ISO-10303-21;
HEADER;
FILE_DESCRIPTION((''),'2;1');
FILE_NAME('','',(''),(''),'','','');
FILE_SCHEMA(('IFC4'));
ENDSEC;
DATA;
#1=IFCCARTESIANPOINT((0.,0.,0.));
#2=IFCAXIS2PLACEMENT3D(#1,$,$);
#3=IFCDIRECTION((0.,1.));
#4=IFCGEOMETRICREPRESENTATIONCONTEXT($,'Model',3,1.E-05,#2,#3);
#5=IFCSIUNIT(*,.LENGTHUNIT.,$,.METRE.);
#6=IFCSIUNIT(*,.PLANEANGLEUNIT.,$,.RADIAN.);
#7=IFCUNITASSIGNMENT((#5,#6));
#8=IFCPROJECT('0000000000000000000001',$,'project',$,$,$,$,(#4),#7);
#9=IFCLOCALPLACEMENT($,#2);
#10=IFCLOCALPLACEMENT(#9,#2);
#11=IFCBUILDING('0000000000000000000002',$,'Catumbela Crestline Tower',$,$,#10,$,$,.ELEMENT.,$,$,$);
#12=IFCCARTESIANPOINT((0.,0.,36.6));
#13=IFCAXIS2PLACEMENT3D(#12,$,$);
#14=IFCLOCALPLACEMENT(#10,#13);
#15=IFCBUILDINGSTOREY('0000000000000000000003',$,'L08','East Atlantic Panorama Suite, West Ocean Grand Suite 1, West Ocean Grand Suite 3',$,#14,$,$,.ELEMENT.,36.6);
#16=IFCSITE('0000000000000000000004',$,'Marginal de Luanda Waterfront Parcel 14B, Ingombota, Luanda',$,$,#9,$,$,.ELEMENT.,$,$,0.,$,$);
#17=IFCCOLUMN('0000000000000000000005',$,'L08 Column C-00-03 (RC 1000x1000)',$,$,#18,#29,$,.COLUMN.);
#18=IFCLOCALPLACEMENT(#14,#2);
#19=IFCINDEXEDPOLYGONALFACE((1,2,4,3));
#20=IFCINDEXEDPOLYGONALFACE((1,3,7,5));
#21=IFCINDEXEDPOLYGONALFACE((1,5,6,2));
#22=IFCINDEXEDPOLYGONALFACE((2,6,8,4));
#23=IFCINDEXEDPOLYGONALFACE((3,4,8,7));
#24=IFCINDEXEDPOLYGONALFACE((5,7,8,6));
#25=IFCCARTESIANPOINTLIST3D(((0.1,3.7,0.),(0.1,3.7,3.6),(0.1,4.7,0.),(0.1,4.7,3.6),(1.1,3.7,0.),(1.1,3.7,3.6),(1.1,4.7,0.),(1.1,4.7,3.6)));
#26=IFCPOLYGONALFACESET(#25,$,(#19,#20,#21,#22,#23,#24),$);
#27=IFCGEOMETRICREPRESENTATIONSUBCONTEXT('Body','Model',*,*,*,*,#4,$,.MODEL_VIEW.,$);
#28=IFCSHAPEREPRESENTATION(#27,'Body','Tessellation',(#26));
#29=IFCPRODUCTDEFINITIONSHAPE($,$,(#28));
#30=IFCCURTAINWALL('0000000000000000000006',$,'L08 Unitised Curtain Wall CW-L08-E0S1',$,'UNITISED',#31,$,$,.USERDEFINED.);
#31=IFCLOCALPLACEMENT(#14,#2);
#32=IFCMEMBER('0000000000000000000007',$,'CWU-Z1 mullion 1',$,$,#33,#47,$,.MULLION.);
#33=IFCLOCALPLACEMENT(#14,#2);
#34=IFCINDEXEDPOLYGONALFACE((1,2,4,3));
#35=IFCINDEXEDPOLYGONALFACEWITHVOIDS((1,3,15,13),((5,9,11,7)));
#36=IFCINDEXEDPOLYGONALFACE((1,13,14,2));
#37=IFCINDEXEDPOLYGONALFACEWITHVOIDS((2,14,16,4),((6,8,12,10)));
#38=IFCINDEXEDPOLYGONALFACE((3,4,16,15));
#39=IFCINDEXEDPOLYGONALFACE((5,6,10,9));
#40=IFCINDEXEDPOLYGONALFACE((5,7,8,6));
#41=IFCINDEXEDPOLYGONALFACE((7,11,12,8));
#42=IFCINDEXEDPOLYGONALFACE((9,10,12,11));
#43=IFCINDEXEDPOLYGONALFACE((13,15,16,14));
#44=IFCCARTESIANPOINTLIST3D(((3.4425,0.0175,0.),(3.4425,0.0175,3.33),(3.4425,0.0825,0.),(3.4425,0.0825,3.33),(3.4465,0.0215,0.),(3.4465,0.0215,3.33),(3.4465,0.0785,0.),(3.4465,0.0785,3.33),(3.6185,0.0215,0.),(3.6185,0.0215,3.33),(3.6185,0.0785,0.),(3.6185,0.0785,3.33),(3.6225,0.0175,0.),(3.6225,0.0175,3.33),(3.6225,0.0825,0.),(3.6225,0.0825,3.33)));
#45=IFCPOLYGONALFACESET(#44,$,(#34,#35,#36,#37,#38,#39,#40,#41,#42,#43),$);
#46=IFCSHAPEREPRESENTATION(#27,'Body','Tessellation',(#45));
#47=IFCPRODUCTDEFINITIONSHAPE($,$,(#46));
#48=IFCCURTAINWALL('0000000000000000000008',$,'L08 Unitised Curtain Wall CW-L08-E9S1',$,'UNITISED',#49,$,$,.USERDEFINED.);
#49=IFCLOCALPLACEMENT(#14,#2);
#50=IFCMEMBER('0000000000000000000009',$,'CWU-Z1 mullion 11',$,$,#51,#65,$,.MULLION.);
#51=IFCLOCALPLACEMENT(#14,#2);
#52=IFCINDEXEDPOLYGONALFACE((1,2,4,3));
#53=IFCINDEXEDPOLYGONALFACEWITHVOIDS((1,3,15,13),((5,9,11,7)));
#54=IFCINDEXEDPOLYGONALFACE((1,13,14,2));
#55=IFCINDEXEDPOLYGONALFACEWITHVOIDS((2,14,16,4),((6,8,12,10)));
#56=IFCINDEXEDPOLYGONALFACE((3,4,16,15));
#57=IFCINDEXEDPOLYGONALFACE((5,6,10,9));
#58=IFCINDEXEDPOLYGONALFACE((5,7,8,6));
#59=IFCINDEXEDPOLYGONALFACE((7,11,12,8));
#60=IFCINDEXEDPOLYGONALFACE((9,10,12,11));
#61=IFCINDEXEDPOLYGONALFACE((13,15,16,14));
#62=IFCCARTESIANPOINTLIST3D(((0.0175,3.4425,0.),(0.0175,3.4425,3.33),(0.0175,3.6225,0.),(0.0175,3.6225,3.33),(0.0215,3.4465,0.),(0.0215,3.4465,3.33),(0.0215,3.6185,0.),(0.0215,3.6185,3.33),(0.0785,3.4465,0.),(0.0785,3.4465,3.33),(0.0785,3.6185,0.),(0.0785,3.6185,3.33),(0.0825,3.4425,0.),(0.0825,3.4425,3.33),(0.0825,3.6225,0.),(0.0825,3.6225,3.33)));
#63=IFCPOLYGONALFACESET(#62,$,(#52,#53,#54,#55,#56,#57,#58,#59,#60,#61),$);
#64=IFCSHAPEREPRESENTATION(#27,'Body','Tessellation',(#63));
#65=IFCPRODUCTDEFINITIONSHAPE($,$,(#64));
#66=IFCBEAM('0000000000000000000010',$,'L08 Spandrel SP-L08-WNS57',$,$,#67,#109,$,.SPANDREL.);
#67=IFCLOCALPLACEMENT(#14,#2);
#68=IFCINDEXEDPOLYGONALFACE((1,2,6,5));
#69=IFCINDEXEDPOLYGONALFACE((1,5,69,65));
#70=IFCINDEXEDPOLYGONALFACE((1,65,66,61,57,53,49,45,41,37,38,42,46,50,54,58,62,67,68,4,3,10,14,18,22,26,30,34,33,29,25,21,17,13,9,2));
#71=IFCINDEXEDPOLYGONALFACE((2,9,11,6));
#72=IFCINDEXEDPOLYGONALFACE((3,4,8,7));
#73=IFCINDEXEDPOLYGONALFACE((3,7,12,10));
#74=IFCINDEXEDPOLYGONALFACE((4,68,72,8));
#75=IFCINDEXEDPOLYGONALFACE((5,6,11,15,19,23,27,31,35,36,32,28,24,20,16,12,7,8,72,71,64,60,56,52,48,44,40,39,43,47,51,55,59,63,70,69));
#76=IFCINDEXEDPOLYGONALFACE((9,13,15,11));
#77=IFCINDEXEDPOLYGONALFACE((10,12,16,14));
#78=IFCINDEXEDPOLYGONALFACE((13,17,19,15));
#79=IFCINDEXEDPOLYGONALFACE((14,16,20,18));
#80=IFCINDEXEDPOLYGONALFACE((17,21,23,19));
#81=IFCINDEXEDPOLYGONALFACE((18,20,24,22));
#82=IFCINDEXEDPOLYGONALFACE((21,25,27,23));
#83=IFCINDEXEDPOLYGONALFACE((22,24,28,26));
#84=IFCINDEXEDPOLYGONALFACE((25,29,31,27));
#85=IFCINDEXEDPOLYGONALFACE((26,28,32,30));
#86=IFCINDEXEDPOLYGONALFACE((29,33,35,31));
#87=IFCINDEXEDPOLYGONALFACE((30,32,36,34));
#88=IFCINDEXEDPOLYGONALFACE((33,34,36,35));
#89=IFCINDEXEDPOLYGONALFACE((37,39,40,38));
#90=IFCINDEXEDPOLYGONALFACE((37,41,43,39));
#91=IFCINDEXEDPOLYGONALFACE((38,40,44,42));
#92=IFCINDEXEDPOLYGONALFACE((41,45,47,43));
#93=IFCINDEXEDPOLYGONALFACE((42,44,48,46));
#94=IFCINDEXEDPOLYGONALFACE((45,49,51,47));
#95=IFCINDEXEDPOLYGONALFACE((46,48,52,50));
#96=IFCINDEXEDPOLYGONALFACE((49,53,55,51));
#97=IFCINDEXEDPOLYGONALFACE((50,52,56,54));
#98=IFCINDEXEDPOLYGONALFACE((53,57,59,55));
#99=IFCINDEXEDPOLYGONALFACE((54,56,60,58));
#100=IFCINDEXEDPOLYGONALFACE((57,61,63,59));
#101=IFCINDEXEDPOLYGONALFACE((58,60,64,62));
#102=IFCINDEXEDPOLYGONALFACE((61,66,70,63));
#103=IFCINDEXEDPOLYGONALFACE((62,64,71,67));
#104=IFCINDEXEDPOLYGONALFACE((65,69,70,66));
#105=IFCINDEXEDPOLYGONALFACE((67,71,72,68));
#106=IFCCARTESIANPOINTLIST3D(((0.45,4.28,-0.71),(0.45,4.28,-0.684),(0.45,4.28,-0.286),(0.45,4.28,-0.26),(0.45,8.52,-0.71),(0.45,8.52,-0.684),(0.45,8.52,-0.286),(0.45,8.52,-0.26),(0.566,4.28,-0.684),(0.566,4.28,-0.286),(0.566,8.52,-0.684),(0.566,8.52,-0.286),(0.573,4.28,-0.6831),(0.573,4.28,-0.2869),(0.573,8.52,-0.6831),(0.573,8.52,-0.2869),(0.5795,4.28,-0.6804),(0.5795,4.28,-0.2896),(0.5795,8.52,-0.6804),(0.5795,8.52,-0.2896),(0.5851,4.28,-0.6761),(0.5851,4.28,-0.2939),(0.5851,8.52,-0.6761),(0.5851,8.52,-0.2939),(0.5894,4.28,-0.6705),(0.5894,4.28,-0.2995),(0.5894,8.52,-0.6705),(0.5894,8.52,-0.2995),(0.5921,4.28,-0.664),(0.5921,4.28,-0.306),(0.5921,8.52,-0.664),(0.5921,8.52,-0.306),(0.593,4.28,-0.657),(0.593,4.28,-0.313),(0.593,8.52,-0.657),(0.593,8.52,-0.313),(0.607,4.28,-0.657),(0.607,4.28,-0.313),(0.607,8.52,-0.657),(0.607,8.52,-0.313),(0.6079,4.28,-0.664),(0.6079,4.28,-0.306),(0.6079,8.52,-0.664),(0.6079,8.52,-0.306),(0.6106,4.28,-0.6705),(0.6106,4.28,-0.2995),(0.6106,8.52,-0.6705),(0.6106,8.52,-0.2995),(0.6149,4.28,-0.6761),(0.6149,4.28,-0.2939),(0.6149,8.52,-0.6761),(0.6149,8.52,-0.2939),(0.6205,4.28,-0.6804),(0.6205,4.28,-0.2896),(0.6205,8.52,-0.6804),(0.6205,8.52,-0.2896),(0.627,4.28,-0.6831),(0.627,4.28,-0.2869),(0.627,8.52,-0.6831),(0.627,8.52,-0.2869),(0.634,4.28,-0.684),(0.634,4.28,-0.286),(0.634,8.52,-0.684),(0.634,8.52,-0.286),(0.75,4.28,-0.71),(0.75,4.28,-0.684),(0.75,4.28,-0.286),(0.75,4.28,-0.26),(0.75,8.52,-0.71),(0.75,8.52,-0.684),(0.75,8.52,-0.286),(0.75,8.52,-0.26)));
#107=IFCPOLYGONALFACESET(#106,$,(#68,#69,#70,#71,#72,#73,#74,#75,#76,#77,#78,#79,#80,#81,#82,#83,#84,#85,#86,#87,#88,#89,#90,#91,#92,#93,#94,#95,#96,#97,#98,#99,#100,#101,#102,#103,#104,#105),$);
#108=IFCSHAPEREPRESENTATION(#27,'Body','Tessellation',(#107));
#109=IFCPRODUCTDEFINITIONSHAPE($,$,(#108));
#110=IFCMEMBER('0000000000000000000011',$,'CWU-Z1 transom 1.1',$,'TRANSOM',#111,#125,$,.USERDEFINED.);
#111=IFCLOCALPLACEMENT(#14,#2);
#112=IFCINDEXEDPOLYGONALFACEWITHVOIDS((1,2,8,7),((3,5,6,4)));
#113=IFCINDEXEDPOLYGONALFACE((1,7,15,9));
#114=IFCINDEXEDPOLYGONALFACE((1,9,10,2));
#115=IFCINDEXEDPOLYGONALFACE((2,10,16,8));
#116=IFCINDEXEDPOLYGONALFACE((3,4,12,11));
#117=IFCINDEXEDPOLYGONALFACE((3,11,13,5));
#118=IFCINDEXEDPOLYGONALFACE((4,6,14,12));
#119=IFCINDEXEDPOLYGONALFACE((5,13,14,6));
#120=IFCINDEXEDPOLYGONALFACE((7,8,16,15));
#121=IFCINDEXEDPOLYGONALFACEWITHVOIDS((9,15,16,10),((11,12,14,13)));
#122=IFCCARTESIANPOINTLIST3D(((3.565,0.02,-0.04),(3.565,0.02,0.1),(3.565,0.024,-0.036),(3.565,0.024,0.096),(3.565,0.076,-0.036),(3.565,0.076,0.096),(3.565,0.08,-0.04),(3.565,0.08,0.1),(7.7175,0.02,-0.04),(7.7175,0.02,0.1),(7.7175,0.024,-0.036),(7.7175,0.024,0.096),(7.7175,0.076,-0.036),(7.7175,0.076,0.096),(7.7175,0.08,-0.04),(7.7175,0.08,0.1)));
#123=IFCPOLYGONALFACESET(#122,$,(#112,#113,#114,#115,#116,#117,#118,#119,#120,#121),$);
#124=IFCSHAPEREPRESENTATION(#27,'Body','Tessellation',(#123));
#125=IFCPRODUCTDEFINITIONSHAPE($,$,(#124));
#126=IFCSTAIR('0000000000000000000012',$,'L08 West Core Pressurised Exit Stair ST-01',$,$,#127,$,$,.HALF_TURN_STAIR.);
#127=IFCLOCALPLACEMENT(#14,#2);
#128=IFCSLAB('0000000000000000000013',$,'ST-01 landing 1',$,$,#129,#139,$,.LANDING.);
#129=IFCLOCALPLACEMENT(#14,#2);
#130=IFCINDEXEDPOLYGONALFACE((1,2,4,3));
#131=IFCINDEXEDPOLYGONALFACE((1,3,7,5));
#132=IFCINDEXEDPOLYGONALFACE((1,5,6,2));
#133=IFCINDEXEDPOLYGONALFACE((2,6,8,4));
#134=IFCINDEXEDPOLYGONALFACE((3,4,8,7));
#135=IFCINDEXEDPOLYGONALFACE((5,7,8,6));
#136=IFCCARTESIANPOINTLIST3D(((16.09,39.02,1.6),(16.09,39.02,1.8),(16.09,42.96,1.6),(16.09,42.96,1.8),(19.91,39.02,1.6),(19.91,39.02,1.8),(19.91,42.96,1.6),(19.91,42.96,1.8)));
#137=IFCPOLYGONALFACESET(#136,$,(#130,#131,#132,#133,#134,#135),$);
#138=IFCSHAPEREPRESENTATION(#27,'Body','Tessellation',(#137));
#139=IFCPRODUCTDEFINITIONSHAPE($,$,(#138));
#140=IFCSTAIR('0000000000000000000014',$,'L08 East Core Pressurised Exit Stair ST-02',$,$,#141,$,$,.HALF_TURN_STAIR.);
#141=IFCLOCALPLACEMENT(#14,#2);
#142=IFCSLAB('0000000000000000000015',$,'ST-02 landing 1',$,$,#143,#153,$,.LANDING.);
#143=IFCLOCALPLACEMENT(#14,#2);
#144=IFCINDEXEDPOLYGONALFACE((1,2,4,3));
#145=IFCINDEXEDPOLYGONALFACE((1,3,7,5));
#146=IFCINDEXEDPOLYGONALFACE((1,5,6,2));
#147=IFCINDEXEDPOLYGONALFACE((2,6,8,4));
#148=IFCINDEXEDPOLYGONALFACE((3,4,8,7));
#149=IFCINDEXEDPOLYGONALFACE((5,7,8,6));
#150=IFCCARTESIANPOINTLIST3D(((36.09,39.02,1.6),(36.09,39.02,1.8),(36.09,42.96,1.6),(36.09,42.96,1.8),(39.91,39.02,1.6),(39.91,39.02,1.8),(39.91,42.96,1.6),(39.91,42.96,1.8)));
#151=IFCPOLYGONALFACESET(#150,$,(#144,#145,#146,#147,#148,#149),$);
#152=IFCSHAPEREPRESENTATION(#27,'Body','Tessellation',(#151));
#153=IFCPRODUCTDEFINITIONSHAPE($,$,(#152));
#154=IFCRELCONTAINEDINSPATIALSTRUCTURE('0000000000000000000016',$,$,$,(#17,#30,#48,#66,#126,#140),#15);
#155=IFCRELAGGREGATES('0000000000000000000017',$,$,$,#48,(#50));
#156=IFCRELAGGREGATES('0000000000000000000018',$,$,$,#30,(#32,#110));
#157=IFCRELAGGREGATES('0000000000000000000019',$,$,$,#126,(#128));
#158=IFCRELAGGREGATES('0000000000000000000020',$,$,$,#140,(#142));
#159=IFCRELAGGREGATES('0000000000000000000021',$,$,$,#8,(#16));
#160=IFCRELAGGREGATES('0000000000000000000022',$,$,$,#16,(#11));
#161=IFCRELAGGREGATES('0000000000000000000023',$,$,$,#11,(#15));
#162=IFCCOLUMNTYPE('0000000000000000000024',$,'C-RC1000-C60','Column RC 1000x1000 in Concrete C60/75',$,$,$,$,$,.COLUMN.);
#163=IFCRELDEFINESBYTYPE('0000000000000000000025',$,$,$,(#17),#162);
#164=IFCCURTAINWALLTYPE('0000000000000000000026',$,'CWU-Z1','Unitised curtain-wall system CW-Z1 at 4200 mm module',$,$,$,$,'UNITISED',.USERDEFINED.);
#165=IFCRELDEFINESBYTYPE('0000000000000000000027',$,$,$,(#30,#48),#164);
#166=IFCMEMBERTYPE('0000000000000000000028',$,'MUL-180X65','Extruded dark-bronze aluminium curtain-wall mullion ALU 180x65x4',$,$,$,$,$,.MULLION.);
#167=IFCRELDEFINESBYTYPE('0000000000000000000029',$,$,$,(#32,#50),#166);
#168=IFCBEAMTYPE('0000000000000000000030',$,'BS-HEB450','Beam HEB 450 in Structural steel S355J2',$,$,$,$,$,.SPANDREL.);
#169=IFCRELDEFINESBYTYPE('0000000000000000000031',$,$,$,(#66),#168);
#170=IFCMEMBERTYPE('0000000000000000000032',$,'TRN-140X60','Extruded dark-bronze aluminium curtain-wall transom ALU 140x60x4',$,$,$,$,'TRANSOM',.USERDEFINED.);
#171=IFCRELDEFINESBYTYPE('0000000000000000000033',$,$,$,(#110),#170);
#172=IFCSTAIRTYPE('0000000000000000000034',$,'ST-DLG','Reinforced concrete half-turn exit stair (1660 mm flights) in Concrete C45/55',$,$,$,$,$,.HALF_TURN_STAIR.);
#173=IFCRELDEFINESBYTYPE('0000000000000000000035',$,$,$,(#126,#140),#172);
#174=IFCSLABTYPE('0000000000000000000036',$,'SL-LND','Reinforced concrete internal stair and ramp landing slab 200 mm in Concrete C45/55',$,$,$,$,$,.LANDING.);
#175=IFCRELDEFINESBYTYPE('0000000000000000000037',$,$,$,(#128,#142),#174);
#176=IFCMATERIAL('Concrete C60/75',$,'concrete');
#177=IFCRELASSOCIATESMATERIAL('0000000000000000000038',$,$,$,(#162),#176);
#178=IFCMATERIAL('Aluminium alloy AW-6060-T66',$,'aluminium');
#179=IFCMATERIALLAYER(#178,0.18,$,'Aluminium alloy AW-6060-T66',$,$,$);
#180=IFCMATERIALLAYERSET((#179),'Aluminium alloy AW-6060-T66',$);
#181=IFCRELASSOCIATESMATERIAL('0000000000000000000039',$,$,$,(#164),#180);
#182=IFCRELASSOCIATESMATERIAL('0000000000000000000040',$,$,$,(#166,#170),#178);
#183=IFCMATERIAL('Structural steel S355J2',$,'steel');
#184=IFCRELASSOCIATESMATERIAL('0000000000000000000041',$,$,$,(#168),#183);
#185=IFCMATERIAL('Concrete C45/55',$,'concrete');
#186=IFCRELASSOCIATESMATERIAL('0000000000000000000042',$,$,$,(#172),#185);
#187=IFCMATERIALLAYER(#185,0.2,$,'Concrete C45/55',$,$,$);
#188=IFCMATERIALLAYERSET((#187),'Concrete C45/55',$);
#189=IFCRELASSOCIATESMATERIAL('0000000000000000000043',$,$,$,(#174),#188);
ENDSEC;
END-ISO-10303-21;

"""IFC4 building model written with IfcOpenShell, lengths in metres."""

from ifc_helpers import new_model, si_unit, direction, frame, origin, origin_2d, place, context, subcontext, project, spatial, polyline, rectangle, hollow_rectangle, i_section, outline, extrude, material, layer, layer_set, material_profile, profile_set, type_object, element, aggregate, save


model = new_model("IFC4")

# Units and contexts
model_context = context("Model", 3, precision=1e-05, world=origin(), true_north=direction((0.0, 1.0)))
body_context = subcontext(model_context, "Body", "Model", "MODEL_VIEW")
ifc_project = project(units=[si_unit("LENGTHUNIT", "METRE"), si_unit("PLANEANGLEUNIT", "RADIAN")], contexts=[model_context])

# Site, building, storey
site_placement = place(None, origin())
site = spatial("IfcSite", under=ifc_project, at=site_placement, Name="Marginal de Luanda Waterfront Parcel 14B, Ingombota, Luanda", CompositionType="ELEMENT", RefElevation=0.0)
building_placement = place(site_placement, origin())
building = spatial("IfcBuilding", under=site, at=building_placement, Name="Catumbela Crestline Tower", CompositionType="ELEMENT")
storey_placement = place(building_placement, frame((0.0, 0.0, 36.6)))
storey = spatial("IfcBuildingStorey", under=building, at=storey_placement, Name="L08", Description="East Atlantic Panorama Suite, West Ocean Grand Suite 1, West Ocean Grand Suite 3", CompositionType="ELEMENT", Elevation=36.6)

# Column
ifc_material_1 = material(Name="Concrete C60/75", Category="concrete")
ifc_material_profile_1 = material_profile(ifc_material_1, rectangle(XDim=1.0, YDim=1.0, at=origin_2d()), Name="RC 1000x1000")
ifc_profile_set_1 = profile_set([ifc_material_profile_1], Name="Concrete C60/75")
column_type = type_object("IfcColumnType", Name="C-RC1000-C60", Description="Column RC 1000x1000 in Concrete C60/75", PredefinedType="COLUMN", material=ifc_profile_set_1)
column_placement = place(storey_placement, frame((0.6, 4.2, 0.0), z_axis=(0.0, 0.0, 1.0), x_axis=(1.0, 0.0, 0.0)))
element("IfcColumn", 1, at=column_placement, inside=storey, type_object=column_type, Name="L08 Column C-00-03 (RC 1000x1000)", PredefinedType="COLUMN", context=body_context, shape_type="SweptSolid", body=[
    extrude(rectangle(XDim=1.0, YDim=1.0, at=origin_2d()), origin(), (0.0, 0.0, 1.0), 3.6),
])

# Curtain walls, members
ifc_material_2 = material(Name="Aluminium alloy AW-6060-T66", Category="aluminium")
ifc_layer_1 = layer(ifc_material_2, 0.18, Name="Aluminium alloy AW-6060-T66")
ifc_layer_set_1 = layer_set([ifc_layer_1], Name="Aluminium alloy AW-6060-T66")
curtain_wall_type = type_object("IfcCurtainWallType", Name="CWU-Z1", Description="Unitised curtain-wall system CW-Z1 at 4200 mm module", ElementType="UNITISED", PredefinedType="USERDEFINED", material=ifc_layer_set_1)
curtain_wall_1_placement = place(storey_placement, origin())
curtain_wall_1 = element("IfcCurtainWall", 2, at=curtain_wall_1_placement, inside=storey, type_object=curtain_wall_type, Name="L08 Unitised Curtain Wall CW-L08-E0S1", ObjectType="UNITISED", PredefinedType="USERDEFINED")
ifc_material_profile_2 = material_profile(ifc_material_2, hollow_rectangle(XDim=0.065, YDim=0.18, WallThickness=0.004, at=origin_2d()), Name="ALU 180x65x4")
ifc_profile_set_2 = profile_set([ifc_material_profile_2], Name="Aluminium alloy AW-6060-T66")
member_type_1 = type_object("IfcMemberType", Name="MUL-180X65", Description="Extruded dark-bronze aluminium curtain-wall mullion ALU 180x65x4", PredefinedType="MULLION", material=ifc_profile_set_2)
member_1_placement = place(storey_placement, frame((3.5325, 0.05, 0.0), z_axis=(0.0, 0.0, 1.0), x_axis=(0.0, 1.0, 0.0)))
member_1 = element("IfcMember", 3, at=member_1_placement, type_object=member_type_1, Name="CWU-Z1 mullion 1", PredefinedType="MULLION", context=body_context, shape_type="SweptSolid", body=[
    extrude(hollow_rectangle(XDim=0.065, YDim=0.18, WallThickness=0.004, at=origin_2d()), origin(), (0.0, 0.0, 1.0), 3.33),
])
curtain_wall_2_placement = place(storey_placement, origin())
curtain_wall_2 = element("IfcCurtainWall", 4, at=curtain_wall_2_placement, inside=storey, type_object=curtain_wall_type, Name="L08 Unitised Curtain Wall CW-L08-E9S1", ObjectType="UNITISED", PredefinedType="USERDEFINED")
member_2_placement = place(storey_placement, frame((0.05, 3.5325, 0.0), z_axis=(0.0, 0.0, 1.0), x_axis=(1.0, 0.0, 0.0)))
member_2 = element("IfcMember", 5, at=member_2_placement, type_object=member_type_1, Name="CWU-Z1 mullion 11", PredefinedType="MULLION", context=body_context, shape_type="SweptSolid", body=[
    extrude(hollow_rectangle(XDim=0.065, YDim=0.18, WallThickness=0.004, at=origin_2d()), origin(), (0.0, 0.0, 1.0), 3.33),
])
aggregate(curtain_wall_2, [member_2])

# Beam
ifc_material_3 = material(Name="Structural steel S355J2", Category="steel")
ifc_material_profile_3 = material_profile(ifc_material_3, i_section(OverallWidth=0.3, OverallDepth=0.45, WebThickness=0.014, FlangeThickness=0.026, FilletRadius=0.027, at=origin_2d()), Name="HEB 450")
ifc_profile_set_3 = profile_set([ifc_material_profile_3], Name="Structural steel S355J2")
beam_type = type_object("IfcBeamType", Name="BS-HEB450", Description="Beam HEB 450 in Structural steel S355J2", PredefinedType="SPANDREL", material=ifc_profile_set_3)
beam_placement = place(storey_placement, frame((0.6, 4.28, -0.485), z_axis=(0.0, 1.0, 0.0), x_axis=(-1.0, 0.0, 0.0)))
element("IfcBeam", 6, at=beam_placement, inside=storey, type_object=beam_type, Name="L08 Spandrel SP-L08-WNS57", PredefinedType="SPANDREL", context=body_context, shape_type="SweptSolid", body=[
    extrude(i_section(OverallWidth=0.3, OverallDepth=0.45, WebThickness=0.014, FlangeThickness=0.026, FilletRadius=0.027, at=origin_2d()), origin(), (0.0, 0.0, 1.0), 4.24),
])

# Member
ifc_material_profile_4 = material_profile(ifc_material_2, hollow_rectangle(XDim=0.06, YDim=0.14, WallThickness=0.004, at=origin_2d()), Name="ALU 140x60x4")
ifc_profile_set_4 = profile_set([ifc_material_profile_4], Name="Aluminium alloy AW-6060-T66")
member_type_2 = type_object("IfcMemberType", Name="TRN-140X60", Description="Extruded dark-bronze aluminium curtain-wall transom ALU 140x60x4", ElementType="TRANSOM", PredefinedType="USERDEFINED", material=ifc_profile_set_4)
member_3_placement = place(storey_placement, frame((3.565, 0.05, 0.03), z_axis=(1.0, 0.0, 0.0), x_axis=(0.0, 1.0, 0.0)))
member_3 = element("IfcMember", 7, at=member_3_placement, type_object=member_type_2, Name="CWU-Z1 transom 1.1", ObjectType="TRANSOM", PredefinedType="USERDEFINED", context=body_context, shape_type="SweptSolid", body=[
    extrude(hollow_rectangle(XDim=0.06, YDim=0.14, WallThickness=0.004, at=origin_2d()), origin(), (0.0, 0.0, 1.0), 4.1525),
])
aggregate(curtain_wall_1, [member_1, member_3])

# Stairs, slabs
ifc_material_4 = material(Name="Concrete C45/55", Category="concrete")
stair_type = type_object("IfcStairType", Name="ST-DLG", Description="Reinforced concrete half-turn exit stair (1660 mm flights) in Concrete C45/55", PredefinedType="HALF_TURN_STAIR", material=ifc_material_4)
stair_1_placement = place(storey_placement, origin())
stair_1 = element("IfcStair", 8, at=stair_1_placement, inside=storey, type_object=stair_type, Name="L08 West Core Pressurised Exit Stair ST-01", PredefinedType="HALF_TURN_STAIR")
ifc_layer_2 = layer(ifc_material_4, 0.2, Name="Concrete C45/55")
ifc_layer_set_2 = layer_set([ifc_layer_2], Name="Concrete C45/55")
slab_type_1 = type_object("IfcSlabType", Name="SL-LND", Description="Reinforced concrete internal stair and ramp landing slab 200 mm in Concrete C45/55", PredefinedType="LANDING", material=ifc_layer_set_2)
slab_1_placement = place(storey_placement, frame((0.0, 0.0, 1.6)))
slab_1 = element("IfcSlab", 9, at=slab_1_placement, type_object=slab_type_1, Name="ST-01 landing 1", PredefinedType="LANDING", context=body_context, shape_type="SweptSolid", body=[
    extrude(outline(polyline([(19.91, 39.02), (19.91, 42.96), (16.09, 42.96), (16.09, 39.02), (19.91, 39.02)])), origin(), (0.0, 0.0, 1.0), 0.2),
])
aggregate(stair_1, [slab_1])
stair_2_placement = place(storey_placement, origin())
stair_2 = element("IfcStair", 10, at=stair_2_placement, inside=storey, type_object=stair_type, Name="L08 East Core Pressurised Exit Stair ST-02", PredefinedType="HALF_TURN_STAIR")
slab_2_placement = place(storey_placement, frame((0.0, 0.0, 1.6)))
slab_2 = element("IfcSlab", 11, at=slab_2_placement, type_object=slab_type_1, Name="ST-02 landing 1", PredefinedType="LANDING", context=body_context, shape_type="SweptSolid", body=[
    extrude(outline(polyline([(39.91, 39.02), (39.91, 42.96), (36.09, 42.96), (36.09, 39.02), (39.91, 39.02)])), origin(), (0.0, 0.0, 1.0), 0.2),
])
aggregate(stair_2, [slab_2])

save(model, "model.ifc")
